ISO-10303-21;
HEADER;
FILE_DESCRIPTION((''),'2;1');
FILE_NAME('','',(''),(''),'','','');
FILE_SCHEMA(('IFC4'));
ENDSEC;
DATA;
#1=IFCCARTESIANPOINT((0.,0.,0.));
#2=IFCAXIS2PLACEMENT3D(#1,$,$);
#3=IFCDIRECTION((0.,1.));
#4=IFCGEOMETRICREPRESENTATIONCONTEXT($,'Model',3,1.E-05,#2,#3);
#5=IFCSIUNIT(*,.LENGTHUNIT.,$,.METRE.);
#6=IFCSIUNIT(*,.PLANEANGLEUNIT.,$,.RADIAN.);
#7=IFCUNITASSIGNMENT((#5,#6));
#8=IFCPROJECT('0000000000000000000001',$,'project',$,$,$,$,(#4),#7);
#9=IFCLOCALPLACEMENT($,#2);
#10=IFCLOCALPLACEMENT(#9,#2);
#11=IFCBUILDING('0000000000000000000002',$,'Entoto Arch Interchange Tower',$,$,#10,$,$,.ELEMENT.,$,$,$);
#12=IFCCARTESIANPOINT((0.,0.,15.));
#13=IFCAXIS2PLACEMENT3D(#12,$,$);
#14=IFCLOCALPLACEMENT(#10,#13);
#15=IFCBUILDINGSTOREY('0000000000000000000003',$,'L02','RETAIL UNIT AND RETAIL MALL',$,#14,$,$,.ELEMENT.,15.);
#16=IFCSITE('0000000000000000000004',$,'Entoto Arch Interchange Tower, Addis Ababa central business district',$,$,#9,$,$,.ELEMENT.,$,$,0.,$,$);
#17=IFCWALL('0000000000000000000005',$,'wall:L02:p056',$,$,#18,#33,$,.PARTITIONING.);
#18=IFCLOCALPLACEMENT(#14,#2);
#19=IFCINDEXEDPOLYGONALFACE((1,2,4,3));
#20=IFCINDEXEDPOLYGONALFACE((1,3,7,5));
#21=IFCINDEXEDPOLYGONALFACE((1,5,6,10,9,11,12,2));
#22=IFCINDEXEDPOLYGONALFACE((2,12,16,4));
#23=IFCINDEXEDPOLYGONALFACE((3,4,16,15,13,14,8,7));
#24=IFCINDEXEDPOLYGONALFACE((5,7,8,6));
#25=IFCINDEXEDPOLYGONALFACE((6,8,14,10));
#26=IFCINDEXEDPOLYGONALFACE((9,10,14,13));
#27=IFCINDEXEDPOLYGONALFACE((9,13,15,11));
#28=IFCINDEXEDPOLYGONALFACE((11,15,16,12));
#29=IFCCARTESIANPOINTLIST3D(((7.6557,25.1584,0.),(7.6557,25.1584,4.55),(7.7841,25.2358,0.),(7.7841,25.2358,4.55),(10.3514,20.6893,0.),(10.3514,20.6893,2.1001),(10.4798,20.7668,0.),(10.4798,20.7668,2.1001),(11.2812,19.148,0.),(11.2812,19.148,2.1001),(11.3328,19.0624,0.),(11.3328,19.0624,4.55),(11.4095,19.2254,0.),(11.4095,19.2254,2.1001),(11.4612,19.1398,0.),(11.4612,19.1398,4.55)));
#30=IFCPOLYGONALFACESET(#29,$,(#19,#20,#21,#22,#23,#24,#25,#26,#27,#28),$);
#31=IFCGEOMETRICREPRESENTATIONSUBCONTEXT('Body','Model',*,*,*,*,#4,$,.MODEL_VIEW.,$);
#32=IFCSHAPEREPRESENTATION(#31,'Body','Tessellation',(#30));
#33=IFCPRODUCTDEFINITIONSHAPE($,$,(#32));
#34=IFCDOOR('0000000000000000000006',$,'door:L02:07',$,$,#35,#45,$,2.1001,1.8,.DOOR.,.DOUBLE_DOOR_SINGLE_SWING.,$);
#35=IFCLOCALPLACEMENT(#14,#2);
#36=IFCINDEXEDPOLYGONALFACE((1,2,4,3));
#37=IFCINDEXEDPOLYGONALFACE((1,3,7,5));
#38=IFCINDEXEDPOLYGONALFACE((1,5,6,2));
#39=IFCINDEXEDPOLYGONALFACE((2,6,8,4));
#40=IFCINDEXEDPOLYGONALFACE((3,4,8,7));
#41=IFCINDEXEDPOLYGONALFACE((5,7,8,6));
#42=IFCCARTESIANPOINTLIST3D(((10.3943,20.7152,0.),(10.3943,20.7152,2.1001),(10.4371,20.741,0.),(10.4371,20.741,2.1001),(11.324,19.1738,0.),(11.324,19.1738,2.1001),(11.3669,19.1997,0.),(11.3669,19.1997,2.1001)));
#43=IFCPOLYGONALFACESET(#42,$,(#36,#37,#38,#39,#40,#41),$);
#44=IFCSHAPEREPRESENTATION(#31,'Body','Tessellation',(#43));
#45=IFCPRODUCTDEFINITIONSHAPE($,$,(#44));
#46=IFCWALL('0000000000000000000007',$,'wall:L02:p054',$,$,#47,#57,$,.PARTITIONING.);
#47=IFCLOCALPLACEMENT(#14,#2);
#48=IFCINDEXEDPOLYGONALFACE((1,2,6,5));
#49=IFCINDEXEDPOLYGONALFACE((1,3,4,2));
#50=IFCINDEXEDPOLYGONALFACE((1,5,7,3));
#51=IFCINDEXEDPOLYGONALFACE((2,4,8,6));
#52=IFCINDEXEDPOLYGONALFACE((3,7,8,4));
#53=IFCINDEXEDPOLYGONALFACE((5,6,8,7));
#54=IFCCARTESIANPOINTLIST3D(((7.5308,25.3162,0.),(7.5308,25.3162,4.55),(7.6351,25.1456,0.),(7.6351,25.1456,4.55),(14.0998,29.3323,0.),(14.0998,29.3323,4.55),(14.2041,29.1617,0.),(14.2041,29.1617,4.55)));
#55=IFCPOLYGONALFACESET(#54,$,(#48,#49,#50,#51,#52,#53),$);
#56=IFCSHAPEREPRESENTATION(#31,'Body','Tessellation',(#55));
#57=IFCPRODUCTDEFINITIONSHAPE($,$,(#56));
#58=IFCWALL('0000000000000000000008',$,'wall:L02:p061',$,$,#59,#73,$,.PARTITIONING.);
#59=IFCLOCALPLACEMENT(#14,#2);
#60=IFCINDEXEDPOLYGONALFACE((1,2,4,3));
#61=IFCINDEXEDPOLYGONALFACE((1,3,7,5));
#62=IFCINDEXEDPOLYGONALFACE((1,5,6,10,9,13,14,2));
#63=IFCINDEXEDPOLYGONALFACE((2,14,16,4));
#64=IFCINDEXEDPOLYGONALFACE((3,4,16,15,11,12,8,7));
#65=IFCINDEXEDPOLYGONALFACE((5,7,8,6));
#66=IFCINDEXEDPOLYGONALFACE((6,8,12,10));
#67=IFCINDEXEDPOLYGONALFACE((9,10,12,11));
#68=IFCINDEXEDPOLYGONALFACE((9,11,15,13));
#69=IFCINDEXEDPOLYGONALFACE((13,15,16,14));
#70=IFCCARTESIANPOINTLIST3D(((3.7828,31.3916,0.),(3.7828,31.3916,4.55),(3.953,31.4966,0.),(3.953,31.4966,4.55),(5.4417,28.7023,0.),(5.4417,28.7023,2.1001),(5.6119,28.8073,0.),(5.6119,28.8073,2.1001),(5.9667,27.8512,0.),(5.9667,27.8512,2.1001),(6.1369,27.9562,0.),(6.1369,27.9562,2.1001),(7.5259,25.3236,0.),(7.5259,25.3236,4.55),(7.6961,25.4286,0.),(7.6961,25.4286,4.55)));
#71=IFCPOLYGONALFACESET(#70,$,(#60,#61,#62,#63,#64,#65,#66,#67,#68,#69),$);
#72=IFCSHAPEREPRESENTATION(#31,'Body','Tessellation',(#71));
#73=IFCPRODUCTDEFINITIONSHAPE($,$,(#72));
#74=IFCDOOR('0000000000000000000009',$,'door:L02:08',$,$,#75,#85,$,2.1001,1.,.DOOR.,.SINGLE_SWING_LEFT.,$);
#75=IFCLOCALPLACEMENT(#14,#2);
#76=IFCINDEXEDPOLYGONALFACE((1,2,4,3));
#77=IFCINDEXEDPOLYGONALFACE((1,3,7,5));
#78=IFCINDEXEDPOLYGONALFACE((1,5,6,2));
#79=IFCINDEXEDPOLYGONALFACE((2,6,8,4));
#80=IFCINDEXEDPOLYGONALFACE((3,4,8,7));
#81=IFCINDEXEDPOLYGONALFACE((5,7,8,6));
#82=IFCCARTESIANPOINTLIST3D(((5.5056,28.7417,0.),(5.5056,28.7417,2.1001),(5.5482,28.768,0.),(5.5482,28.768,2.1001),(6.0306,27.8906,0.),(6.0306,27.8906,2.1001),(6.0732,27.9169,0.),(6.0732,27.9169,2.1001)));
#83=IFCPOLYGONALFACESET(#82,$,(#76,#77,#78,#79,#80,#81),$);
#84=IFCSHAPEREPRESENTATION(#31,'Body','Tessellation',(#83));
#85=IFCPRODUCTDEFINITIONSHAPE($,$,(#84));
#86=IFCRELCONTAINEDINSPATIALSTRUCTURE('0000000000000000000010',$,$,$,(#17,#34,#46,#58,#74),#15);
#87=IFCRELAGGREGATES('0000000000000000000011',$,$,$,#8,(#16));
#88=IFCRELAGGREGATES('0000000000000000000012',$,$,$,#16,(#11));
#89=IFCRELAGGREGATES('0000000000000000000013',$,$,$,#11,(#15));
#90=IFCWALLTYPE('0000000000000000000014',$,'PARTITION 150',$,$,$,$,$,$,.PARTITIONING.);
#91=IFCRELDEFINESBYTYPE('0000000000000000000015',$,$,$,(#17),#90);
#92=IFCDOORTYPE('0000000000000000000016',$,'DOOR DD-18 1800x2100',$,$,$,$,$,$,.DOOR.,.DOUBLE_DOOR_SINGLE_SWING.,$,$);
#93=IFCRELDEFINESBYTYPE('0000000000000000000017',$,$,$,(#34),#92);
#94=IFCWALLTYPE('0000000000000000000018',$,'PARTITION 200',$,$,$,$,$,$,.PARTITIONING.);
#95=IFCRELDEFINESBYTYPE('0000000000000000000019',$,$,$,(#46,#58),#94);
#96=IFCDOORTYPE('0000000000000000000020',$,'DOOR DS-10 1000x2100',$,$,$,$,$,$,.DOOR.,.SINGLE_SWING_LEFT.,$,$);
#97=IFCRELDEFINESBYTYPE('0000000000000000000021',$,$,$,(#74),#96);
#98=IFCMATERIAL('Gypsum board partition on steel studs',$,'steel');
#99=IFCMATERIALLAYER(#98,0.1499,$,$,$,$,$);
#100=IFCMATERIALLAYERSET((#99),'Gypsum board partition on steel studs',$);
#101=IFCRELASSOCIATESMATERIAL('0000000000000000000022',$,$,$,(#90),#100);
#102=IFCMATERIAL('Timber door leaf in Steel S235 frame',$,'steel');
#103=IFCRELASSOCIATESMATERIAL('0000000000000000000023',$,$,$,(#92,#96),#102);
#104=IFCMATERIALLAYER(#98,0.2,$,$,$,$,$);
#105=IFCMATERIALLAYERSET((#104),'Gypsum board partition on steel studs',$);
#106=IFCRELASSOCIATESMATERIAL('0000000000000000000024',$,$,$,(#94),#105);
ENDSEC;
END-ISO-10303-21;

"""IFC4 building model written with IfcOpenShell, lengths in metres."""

from ifc_helpers import new_model, si_unit, direction, frame, frame_2d, origin, place, context, subcontext, project, spatial, rectangle, extrude, material, layer, layer_set, type_object, element, fill, save


model = new_model("IFC4")

# Units and contexts
model_context = context("Model", 3, precision=1e-05, world=origin(), true_north=direction((0.0, 1.0)))
body_context = subcontext(model_context, "Body", "Model", "MODEL_VIEW")
ifc_project = project(units=[si_unit("LENGTHUNIT", "METRE"), si_unit("PLANEANGLEUNIT", "RADIAN")], contexts=[model_context])

# Site, building, storey
site_placement = place(None, origin())
site = spatial("IfcSite", under=ifc_project, at=site_placement, Name="Entoto Arch Interchange Tower, Addis Ababa central business district", CompositionType="ELEMENT", RefElevation=0.0)
building_placement = place(site_placement, origin())
building = spatial("IfcBuilding", under=site, at=building_placement, Name="Entoto Arch Interchange Tower", CompositionType="ELEMENT")
storey_placement = place(building_placement, frame((0.0, 0.0, 15.0)))
storey = spatial("IfcBuildingStorey", under=building, at=storey_placement, Name="L02", Description="RETAIL UNIT AND RETAIL MALL", CompositionType="ELEMENT", Elevation=15.0)

# Shared definitions
ifc_material_1 = material(Name="Gypsum board partition on steel studs", Category="steel")
ifc_layer_1 = layer(ifc_material_1, 0.1499)
ifc_layer_set_1 = layer_set([ifc_layer_1], Name="Gypsum board partition on steel studs")
wall_type_1 = type_object("IfcWallType", Name="PARTITION 150", PredefinedType="PARTITIONING", material=ifc_layer_set_1)

# Wall, opening, door
wall_1_placement = place(storey_placement, frame((11.397, 19.1011, 0.0), z_axis=(0.0, 0.0, 1.0), x_axis=(-0.516502, 0.856286, 0.0)))
wall_1 = element("IfcWall", 1, at=wall_1_placement, inside=storey, type_object=wall_type_1, Name="wall:L02:p056", PredefinedType="PARTITIONING", context=body_context, shape_type="SweptSolid", body=[
    extrude(rectangle(XDim=7.1191, YDim=0.1499, at=frame_2d((3.5596, 0.0))), origin(), (0.0, 0.0, 1.0), 4.55),
])
opening_1_placement = place(wall_1_placement, frame((0.1001, 0.0, 0.0)))
opening_1 = element("IfcOpeningElement", 2, at=opening_1_placement, cuts=wall_1, PredefinedType="OPENING", context=body_context, shape_type="SweptSolid", body=[
    extrude(rectangle(XDim=1.8, YDim=2.1001, at=frame_2d((0.8999, 1.05))), frame((0.0, 0.085, 0.0), z_axis=(0.0, -1.0, 0.0), x_axis=(1.0, 0.0, 0.0)), (0.0, 0.0, 1.0), 0.1699),
])
ifc_material_2 = material(Name="Timber door leaf in Steel S235 frame", Category="steel")
door_type_1 = type_object("IfcDoorType", Name="DOOR DD-18 1800x2100", OperationType="DOUBLE_DOOR_SINGLE_SWING", PredefinedType="DOOR", material=ifc_material_2)
door_1_placement = place(opening_1_placement, origin())
door_1 = element("IfcDoor", 3, at=door_1_placement, inside=storey, type_object=door_type_1, Name="door:L02:07", OperationType="DOUBLE_DOOR_SINGLE_SWING", OverallHeight=2.1001, OverallWidth=1.8, PredefinedType="DOOR", context=body_context, shape_type="SweptSolid", body=[
    extrude(rectangle(XDim=1.8, YDim=2.1001, at=frame_2d((0.8999, 1.05))), frame((0.0, 0.0249, 0.0), z_axis=(0.0, -1.0, 0.0), x_axis=(1.0, 0.0, 0.0)), (0.0, 0.0, 1.0), 0.05),
])
fill(opening_1, door_1)

# Wall
ifc_layer_2 = layer(ifc_material_1, 0.2)
ifc_layer_set_2 = layer_set([ifc_layer_2], Name="Gypsum board partition on steel studs")
wall_type_2 = type_object("IfcWallType", Name="PARTITION 200", PredefinedType="PARTITIONING", material=ifc_layer_set_2)
wall_2_placement = place(storey_placement, frame((7.583, 25.231, 0.0), z_axis=(0.0, 0.0, 1.0), x_axis=(0.853185, 0.521608, 0.0)))
element("IfcWall", 4, at=wall_2_placement, inside=storey, type_object=wall_type_2, Name="wall:L02:p054", PredefinedType="PARTITIONING", context=body_context, shape_type="SweptSolid", body=[
    extrude(rectangle(XDim=7.6995, YDim=0.2, at=frame_2d((3.8496, 0.0))), origin(), (0.0, 0.0, 1.0), 4.55),
])

# Wall, opening, door
wall_3_placement = place(storey_placement, frame((7.6111, 25.376, 0.0), z_axis=(0.0, 0.0, 1.0), x_axis=(-0.525007, 0.851098, 0.0)))
wall_3 = element("IfcWall", 5, at=wall_3_placement, inside=storey, type_object=wall_type_2, Name="wall:L02:p061", PredefinedType="PARTITIONING", context=body_context, shape_type="SweptSolid", body=[
    extrude(rectangle(XDim=7.1296, YDim=0.2, at=frame_2d((3.5649, 0.0))), origin(), (0.0, 0.0, 1.0), 4.55),
])
opening_2_placement = place(wall_3_placement, frame((2.97, 0.0, 0.0)))
opening_2 = element("IfcOpeningElement", 6, at=opening_2_placement, cuts=wall_3, PredefinedType="OPENING", context=body_context, shape_type="SweptSolid", body=[
    extrude(rectangle(XDim=1.0, YDim=2.1001, at=frame_2d((0.5, 1.05))), frame((0.0, 0.1099, 0.0), z_axis=(0.0, -1.0, 0.0), x_axis=(1.0, 0.0, 0.0)), (0.0, 0.0, 1.0), 0.22),
])
door_type_2 = type_object("IfcDoorType", Name="DOOR DS-10 1000x2100", OperationType="SINGLE_SWING_LEFT", PredefinedType="DOOR", material=ifc_material_2)
door_2_placement = place(opening_2_placement, origin())
door_2 = element("IfcDoor", 7, at=door_2_placement, inside=storey, type_object=door_type_2, Name="door:L02:08", OperationType="SINGLE_SWING_LEFT", OverallHeight=2.1001, OverallWidth=1.0, PredefinedType="DOOR", context=body_context, shape_type="SweptSolid", body=[
    extrude(rectangle(XDim=1.0, YDim=2.1001, at=frame_2d((0.5, 1.05))), frame((0.0, 0.0249, 0.0), z_axis=(0.0, -1.0, 0.0), x_axis=(1.0, 0.0, 0.0)), (0.0, 0.0, 1.0), 0.05),
])
fill(opening_2, door_2)

save(model, "model.ifc")
